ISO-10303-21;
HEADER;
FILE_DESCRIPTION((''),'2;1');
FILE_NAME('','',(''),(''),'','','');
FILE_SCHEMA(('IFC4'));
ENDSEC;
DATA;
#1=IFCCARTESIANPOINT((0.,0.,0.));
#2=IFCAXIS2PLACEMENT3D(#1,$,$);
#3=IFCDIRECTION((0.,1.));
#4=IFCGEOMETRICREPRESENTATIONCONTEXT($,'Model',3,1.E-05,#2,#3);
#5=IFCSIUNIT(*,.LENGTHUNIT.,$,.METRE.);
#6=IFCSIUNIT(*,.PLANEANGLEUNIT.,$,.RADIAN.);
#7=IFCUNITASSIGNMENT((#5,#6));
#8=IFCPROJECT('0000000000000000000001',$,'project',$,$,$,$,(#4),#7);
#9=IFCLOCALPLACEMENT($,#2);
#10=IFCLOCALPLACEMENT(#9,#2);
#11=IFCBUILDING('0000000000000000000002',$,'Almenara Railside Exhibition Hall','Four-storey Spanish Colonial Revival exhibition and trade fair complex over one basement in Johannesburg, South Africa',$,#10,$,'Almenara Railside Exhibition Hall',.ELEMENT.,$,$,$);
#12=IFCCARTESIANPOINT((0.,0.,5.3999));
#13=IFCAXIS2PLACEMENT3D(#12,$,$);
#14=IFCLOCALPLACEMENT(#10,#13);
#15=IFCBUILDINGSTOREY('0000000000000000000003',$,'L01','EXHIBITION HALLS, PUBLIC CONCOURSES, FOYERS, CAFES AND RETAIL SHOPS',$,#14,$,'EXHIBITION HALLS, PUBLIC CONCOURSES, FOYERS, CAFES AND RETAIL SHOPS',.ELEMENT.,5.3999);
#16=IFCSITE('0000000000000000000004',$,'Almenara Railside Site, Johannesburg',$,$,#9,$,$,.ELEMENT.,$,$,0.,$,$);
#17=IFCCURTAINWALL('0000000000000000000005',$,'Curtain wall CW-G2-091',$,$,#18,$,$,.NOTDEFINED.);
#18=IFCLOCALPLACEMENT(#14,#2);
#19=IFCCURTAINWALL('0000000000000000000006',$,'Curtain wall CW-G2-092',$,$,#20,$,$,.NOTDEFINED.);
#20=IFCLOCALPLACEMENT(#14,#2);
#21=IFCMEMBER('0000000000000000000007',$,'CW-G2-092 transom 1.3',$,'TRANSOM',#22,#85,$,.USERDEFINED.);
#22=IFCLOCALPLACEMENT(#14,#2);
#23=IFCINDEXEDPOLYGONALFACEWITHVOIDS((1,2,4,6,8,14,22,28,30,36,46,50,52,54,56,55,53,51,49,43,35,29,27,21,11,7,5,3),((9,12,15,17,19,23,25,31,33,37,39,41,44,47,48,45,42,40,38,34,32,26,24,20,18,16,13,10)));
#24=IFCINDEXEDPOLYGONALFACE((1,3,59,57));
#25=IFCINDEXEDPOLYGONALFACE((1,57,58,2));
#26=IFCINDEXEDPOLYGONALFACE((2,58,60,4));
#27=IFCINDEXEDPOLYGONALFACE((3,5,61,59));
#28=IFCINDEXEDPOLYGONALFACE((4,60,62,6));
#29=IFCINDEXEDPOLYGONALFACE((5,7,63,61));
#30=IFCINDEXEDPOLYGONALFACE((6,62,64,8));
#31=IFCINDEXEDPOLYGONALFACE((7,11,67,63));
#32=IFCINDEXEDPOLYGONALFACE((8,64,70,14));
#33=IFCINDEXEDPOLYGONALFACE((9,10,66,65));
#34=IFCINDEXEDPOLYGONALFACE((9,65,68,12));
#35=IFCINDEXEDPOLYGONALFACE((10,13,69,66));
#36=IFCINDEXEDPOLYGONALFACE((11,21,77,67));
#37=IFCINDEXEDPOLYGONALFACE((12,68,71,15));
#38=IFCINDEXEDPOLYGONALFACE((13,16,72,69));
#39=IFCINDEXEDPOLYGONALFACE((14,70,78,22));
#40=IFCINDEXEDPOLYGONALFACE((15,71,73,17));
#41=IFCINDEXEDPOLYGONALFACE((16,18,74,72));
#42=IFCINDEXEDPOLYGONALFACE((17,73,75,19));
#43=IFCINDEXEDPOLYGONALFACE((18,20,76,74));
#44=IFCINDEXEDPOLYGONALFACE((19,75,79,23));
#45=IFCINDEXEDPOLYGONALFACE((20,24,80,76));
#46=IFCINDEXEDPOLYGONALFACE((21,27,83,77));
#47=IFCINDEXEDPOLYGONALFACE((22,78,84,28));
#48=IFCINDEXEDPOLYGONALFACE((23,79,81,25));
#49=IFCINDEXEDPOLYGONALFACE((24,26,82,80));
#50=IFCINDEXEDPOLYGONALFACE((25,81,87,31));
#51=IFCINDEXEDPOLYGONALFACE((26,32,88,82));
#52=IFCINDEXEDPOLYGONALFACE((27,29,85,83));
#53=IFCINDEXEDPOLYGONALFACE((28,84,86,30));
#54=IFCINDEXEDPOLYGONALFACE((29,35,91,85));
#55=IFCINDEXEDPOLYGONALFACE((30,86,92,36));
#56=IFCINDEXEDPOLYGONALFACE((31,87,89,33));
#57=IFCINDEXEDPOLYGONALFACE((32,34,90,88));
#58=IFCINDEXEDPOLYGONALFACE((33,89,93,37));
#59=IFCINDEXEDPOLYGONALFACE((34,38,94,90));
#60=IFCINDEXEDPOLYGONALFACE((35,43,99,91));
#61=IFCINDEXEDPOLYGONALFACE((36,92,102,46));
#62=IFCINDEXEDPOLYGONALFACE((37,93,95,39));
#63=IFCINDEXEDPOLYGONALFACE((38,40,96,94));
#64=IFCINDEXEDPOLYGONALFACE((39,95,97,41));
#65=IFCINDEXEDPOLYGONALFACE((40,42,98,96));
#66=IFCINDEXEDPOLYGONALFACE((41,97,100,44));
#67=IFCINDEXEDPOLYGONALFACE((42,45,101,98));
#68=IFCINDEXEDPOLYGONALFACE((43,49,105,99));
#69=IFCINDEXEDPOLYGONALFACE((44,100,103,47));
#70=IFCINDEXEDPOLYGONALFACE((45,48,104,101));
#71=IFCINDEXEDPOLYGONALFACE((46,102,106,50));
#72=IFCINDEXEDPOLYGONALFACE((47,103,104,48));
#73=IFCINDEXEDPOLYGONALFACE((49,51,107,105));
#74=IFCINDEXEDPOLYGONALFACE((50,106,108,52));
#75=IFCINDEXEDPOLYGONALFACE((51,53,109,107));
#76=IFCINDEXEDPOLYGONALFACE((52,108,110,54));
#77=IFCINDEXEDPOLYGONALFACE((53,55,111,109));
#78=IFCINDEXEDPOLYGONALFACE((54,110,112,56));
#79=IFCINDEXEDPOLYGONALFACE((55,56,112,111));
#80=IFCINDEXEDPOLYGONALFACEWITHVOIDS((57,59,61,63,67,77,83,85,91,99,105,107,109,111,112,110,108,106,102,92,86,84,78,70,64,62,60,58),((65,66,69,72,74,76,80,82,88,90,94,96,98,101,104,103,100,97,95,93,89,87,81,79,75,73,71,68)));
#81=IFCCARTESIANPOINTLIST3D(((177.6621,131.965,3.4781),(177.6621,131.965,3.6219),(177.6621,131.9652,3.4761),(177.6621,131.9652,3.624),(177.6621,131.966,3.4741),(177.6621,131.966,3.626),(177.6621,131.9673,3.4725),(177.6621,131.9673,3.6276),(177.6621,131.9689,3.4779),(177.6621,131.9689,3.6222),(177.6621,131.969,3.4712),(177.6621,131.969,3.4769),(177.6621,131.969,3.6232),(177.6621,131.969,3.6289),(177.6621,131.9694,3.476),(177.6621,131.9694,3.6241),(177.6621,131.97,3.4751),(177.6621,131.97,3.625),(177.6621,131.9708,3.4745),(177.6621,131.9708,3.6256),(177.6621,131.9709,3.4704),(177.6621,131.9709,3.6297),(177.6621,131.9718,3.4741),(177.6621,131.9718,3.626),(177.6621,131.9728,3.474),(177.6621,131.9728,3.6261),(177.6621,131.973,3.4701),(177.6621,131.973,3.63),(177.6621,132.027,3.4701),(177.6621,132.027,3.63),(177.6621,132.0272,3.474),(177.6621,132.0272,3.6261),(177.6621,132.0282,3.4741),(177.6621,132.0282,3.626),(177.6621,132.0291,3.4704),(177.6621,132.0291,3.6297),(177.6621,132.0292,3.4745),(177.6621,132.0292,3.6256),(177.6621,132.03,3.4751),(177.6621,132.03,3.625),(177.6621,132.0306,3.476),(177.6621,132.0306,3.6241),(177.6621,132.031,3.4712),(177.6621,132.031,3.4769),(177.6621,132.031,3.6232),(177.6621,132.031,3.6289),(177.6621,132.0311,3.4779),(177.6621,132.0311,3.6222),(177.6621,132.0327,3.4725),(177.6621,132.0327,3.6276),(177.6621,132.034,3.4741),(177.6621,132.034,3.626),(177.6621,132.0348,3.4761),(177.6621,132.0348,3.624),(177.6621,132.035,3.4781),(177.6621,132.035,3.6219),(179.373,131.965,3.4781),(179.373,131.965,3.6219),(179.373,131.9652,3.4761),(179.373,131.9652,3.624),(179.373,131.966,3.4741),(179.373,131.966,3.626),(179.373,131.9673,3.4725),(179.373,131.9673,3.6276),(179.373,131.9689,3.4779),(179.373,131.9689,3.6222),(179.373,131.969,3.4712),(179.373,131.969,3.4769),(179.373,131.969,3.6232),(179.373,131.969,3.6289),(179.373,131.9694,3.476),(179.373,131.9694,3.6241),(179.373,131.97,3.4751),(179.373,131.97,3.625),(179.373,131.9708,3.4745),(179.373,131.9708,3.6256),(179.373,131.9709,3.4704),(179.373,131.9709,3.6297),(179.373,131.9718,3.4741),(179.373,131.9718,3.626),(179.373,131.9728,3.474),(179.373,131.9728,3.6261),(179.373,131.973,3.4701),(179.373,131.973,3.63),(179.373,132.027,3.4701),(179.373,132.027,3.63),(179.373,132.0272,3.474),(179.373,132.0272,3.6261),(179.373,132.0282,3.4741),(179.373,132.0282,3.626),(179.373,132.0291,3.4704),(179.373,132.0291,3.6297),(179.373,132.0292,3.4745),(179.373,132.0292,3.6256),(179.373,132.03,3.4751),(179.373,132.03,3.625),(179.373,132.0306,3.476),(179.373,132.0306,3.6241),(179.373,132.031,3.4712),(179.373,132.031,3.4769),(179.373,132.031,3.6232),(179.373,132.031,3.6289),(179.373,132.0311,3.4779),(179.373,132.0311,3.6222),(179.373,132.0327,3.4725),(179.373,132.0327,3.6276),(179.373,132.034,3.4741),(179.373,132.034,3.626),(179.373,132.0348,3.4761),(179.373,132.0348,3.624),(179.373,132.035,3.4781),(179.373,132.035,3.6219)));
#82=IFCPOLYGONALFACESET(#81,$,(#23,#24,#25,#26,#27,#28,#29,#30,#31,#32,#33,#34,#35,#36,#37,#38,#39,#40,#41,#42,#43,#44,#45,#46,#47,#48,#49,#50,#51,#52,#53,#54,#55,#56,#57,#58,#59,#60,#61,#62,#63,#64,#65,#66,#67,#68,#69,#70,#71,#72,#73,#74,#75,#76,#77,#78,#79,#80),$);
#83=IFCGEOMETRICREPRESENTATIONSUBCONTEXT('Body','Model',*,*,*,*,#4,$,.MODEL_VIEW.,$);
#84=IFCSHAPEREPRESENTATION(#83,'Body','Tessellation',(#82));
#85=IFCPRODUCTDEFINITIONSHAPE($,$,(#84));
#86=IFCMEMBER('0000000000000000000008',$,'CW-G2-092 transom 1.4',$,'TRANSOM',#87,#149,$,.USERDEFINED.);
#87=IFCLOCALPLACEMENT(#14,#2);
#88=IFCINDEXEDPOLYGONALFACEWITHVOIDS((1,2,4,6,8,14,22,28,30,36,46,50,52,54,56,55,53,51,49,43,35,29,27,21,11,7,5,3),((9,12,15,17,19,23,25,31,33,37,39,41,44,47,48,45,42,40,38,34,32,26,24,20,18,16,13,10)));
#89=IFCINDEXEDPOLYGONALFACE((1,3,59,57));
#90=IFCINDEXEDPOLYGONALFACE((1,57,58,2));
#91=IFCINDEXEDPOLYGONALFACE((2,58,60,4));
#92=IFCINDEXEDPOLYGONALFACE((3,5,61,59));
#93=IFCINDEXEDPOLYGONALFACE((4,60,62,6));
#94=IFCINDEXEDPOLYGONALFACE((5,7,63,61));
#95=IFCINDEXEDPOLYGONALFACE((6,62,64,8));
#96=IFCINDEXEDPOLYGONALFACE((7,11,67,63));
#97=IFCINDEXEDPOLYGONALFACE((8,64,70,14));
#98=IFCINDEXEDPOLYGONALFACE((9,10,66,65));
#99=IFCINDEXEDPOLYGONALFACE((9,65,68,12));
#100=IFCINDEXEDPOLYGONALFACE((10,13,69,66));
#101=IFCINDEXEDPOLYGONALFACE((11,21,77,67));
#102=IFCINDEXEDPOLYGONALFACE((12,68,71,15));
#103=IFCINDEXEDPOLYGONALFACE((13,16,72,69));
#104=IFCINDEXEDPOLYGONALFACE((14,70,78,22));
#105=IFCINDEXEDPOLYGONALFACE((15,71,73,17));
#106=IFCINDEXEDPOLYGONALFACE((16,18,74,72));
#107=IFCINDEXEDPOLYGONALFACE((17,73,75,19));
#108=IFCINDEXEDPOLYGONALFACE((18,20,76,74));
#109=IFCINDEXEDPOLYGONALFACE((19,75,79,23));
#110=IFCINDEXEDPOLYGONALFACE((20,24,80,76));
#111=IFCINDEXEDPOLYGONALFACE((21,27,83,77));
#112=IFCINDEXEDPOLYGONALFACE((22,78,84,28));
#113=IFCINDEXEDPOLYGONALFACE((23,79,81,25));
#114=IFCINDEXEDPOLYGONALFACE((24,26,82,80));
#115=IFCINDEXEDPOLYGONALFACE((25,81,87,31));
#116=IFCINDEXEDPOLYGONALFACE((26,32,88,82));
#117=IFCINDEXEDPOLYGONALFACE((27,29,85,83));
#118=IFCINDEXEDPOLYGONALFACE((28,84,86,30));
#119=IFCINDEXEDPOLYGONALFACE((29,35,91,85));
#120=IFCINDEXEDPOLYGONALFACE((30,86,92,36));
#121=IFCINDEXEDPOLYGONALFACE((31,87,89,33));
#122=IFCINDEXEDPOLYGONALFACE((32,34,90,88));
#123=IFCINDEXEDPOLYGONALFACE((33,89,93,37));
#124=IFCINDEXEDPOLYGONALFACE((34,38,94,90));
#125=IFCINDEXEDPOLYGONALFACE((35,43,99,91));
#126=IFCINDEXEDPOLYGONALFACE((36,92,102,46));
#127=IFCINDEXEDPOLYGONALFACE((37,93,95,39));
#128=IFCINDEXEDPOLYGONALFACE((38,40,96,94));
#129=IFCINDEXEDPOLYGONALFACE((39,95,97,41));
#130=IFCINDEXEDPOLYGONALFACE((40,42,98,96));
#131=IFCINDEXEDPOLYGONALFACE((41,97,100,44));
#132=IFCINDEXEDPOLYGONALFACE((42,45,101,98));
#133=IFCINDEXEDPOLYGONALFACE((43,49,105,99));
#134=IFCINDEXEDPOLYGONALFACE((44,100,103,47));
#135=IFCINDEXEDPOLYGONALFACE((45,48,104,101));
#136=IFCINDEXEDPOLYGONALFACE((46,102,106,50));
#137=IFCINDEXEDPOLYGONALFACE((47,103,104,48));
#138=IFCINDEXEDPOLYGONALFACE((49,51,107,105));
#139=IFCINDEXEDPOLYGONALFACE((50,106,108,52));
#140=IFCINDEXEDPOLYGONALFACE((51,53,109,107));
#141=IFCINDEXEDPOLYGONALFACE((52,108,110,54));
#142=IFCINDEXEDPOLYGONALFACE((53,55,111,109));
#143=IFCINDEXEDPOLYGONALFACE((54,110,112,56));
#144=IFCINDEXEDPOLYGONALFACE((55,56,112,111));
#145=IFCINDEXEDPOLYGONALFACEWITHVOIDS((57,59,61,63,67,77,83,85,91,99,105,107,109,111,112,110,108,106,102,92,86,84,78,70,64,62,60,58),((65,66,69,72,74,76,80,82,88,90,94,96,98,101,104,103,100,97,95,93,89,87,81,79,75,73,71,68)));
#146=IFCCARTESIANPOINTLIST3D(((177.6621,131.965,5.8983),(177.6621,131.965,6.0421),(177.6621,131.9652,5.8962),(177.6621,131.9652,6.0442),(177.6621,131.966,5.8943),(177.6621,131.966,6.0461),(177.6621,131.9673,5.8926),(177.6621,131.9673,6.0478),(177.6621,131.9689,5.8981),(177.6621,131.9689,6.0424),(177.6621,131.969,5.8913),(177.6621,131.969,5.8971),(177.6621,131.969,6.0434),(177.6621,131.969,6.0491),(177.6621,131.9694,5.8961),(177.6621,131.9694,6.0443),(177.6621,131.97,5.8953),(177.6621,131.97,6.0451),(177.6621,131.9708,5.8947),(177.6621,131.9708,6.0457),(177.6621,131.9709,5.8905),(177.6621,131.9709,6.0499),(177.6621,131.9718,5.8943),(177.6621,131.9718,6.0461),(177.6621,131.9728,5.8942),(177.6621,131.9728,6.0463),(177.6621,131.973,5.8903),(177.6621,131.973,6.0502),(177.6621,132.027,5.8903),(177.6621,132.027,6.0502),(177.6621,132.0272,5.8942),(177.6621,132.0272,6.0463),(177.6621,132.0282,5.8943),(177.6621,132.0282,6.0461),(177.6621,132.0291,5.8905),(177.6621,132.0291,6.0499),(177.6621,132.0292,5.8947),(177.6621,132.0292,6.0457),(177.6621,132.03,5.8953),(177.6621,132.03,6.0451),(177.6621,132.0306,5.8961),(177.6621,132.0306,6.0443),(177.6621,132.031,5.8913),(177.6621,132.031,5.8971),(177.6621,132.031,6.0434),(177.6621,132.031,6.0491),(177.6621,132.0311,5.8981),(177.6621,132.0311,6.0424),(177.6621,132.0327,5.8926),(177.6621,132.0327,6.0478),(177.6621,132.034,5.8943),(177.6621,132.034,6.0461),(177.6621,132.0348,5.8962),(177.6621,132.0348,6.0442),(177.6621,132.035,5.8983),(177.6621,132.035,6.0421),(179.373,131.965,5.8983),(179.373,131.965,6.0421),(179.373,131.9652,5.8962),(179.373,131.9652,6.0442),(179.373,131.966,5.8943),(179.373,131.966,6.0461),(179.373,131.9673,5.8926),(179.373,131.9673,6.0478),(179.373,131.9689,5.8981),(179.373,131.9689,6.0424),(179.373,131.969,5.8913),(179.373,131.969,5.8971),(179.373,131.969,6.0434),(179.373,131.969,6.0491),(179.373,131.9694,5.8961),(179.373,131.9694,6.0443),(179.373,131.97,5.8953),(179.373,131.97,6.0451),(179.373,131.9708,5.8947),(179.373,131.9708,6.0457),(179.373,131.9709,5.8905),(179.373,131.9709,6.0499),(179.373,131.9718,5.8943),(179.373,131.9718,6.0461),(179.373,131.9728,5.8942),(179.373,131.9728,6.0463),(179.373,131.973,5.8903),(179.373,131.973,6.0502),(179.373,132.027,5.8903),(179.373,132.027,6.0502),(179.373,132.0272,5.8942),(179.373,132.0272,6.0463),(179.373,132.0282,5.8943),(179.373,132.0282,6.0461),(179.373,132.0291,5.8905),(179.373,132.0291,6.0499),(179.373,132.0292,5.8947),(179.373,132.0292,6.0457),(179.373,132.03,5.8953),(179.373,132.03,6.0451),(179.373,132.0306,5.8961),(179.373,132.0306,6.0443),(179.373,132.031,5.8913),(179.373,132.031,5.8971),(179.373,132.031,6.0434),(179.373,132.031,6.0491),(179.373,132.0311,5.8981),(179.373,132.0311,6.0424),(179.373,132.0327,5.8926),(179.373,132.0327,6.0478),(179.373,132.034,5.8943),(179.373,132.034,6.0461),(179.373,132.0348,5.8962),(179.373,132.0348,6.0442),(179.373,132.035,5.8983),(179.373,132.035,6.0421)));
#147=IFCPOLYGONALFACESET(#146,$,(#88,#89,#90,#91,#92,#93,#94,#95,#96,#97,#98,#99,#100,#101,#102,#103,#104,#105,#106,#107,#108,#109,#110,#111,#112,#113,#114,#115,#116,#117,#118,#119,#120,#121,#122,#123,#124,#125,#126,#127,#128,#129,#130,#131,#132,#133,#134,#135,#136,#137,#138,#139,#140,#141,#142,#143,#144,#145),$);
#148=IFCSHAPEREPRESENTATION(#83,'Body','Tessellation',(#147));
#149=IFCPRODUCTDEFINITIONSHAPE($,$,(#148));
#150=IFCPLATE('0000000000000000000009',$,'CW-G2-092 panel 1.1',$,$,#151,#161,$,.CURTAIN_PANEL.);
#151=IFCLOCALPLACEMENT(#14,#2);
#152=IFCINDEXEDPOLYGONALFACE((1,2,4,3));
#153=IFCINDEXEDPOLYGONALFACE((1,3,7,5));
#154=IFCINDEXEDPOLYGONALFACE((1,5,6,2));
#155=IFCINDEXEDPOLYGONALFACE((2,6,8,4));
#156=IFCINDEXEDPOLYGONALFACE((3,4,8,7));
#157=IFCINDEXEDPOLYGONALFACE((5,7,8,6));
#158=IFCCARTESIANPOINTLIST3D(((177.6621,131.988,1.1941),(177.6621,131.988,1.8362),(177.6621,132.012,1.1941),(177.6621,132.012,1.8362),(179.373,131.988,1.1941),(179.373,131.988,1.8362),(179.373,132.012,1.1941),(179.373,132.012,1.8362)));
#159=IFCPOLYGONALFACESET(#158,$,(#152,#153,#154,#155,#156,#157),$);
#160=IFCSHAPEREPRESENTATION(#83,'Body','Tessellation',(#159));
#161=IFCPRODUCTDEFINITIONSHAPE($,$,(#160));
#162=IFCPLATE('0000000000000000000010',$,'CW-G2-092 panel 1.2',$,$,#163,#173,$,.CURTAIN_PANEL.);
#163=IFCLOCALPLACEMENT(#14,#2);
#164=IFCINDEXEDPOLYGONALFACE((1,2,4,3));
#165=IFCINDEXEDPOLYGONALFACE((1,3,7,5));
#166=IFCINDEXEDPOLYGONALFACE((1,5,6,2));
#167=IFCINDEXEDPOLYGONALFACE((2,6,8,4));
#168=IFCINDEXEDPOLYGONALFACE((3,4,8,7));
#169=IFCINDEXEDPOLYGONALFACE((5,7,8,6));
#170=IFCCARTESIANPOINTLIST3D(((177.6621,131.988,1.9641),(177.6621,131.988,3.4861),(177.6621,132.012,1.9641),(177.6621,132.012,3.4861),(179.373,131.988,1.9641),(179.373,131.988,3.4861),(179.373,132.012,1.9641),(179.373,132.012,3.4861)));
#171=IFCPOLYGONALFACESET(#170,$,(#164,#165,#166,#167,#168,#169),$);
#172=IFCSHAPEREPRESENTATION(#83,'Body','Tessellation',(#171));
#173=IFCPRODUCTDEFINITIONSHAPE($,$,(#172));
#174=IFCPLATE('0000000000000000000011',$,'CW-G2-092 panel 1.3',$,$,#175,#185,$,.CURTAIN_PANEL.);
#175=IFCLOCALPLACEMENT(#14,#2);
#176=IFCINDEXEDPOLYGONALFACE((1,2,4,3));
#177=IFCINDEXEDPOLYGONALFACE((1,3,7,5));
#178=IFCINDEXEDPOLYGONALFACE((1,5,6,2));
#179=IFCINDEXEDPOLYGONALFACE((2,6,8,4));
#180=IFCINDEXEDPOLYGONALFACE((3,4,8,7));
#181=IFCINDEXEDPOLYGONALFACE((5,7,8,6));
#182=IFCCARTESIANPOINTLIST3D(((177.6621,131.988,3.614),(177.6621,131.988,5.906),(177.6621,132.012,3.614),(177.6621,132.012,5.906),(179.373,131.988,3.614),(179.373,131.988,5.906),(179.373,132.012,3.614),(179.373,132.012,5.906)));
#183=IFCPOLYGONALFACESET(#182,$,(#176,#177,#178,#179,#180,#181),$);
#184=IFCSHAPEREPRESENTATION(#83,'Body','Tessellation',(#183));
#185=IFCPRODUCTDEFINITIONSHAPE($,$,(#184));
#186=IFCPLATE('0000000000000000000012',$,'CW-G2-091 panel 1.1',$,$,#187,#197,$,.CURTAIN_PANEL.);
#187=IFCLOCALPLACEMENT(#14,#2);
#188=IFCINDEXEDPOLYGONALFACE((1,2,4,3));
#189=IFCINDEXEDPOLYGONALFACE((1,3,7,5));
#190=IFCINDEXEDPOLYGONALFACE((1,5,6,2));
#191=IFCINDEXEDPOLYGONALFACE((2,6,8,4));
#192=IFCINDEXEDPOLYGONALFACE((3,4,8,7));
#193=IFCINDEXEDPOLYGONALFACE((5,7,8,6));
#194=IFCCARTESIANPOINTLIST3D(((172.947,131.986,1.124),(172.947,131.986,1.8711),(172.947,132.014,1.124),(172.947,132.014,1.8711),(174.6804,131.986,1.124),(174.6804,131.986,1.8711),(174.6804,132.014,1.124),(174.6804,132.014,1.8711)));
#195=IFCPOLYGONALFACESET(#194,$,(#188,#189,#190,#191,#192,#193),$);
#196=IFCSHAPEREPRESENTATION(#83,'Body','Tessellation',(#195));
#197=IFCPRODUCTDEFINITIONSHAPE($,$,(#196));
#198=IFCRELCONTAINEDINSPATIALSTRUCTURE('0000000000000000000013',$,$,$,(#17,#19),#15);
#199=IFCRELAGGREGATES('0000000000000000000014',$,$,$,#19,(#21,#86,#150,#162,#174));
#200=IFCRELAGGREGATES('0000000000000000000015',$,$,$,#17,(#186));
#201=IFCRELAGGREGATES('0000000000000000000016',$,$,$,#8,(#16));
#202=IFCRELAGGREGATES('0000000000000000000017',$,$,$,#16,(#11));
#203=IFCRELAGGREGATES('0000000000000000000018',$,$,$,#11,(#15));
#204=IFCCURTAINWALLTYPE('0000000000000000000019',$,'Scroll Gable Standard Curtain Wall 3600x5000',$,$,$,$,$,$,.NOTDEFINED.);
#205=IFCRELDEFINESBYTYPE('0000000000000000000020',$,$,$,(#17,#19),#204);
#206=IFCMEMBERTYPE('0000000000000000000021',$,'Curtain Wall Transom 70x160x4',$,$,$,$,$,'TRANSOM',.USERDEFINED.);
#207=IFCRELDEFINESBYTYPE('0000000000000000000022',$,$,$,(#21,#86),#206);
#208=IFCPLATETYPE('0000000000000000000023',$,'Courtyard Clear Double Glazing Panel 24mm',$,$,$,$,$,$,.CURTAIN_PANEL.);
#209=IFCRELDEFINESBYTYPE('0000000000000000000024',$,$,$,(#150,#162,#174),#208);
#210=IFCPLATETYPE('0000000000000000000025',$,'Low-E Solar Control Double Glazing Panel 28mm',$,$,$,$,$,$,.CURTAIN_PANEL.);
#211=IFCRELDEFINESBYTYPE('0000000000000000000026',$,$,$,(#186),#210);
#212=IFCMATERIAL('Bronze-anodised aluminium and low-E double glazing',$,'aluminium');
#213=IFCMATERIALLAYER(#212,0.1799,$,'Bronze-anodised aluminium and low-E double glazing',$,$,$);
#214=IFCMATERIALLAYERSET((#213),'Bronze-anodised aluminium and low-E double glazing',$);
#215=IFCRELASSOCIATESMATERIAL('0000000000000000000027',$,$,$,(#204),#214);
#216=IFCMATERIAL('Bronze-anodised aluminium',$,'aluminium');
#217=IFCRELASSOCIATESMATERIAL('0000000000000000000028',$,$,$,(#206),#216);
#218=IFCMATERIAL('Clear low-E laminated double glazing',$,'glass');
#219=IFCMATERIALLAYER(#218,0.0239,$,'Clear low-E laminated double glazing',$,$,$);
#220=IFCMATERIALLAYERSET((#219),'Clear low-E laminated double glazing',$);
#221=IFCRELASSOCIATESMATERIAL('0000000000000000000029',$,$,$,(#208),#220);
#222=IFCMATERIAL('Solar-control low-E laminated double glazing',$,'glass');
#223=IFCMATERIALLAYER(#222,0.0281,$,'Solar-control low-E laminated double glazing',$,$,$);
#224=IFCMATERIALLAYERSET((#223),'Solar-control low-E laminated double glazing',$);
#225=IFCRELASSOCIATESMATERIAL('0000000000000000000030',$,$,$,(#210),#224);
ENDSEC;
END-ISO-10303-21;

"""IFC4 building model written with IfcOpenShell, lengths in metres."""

from ifc_helpers import new_model, si_unit, direction, frame, origin, origin_2d, place, context, subcontext, project, spatial, rectangle, hollow_rectangle, extrude, material, layer, layer_set, material_profile, profile_set, type_object, element, aggregate, save


model = new_model("IFC4")

# Units and contexts
model_context = context("Model", 3, precision=1e-05, world=origin(), true_north=direction((0.0, 1.0)))
body_context = subcontext(model_context, "Body", "Model", "MODEL_VIEW")
ifc_project = project(units=[si_unit("LENGTHUNIT", "METRE"), si_unit("PLANEANGLEUNIT", "RADIAN")], contexts=[model_context])

# Site, building, storey
site_placement = place(None, origin())
site = spatial("IfcSite", under=ifc_project, at=site_placement, Name="Almenara Railside Site, Johannesburg", CompositionType="ELEMENT", RefElevation=0.0)
building_placement = place(site_placement, origin())
building = spatial("IfcBuilding", under=site, at=building_placement, Name="Almenara Railside Exhibition Hall", Description="Four-storey Spanish Colonial Revival exhibition and trade fair complex over one basement in Johannesburg, South Africa", LongName="Almenara Railside Exhibition Hall", CompositionType="ELEMENT")
storey_placement = place(building_placement, frame((0.0, 0.0, 5.3999)))
storey = spatial("IfcBuildingStorey", under=building, at=storey_placement, Name="L01", Description="EXHIBITION HALLS, PUBLIC CONCOURSES, FOYERS, CAFES AND RETAIL SHOPS", LongName="EXHIBITION HALLS, PUBLIC CONCOURSES, FOYERS, CAFES AND RETAIL SHOPS", CompositionType="ELEMENT", Elevation=5.3999)

# Curtain wall
ifc_material_1 = material(Name="Bronze-anodised aluminium and low-E double glazing", Category="aluminium")
ifc_layer_1 = layer(ifc_material_1, 0.1799, Name="Bronze-anodised aluminium and low-E double glazing")
ifc_layer_set_1 = layer_set([ifc_layer_1], Name="Bronze-anodised aluminium and low-E double glazing")
curtain_wall_type = type_object("IfcCurtainWallType", Name="Scroll Gable Standard Curtain Wall 3600x5000", PredefinedType="NOTDEFINED", material=ifc_layer_set_1)
curtain_wall_1_placement = place(storey_placement, origin())
curtain_wall_1 = element("IfcCurtainWall", 1, at=curtain_wall_1_placement, inside=storey, type_object=curtain_wall_type, Name="Curtain wall CW-G2-091", PredefinedType="NOTDEFINED")
ifc_material_2 = material(Name="Bronze-anodised aluminium", Category="aluminium")

# Curtain wall
curtain_wall_2_placement = place(storey_placement, origin())
curtain_wall_2 = element("IfcCurtainWall", 2, at=curtain_wall_2_placement, inside=storey, type_object=curtain_wall_type, Name="Curtain wall CW-G2-092", PredefinedType="NOTDEFINED")

# Members
ifc_material_profile_1 = material_profile(ifc_material_2, hollow_rectangle(XDim=0.0701, YDim=0.1599, WallThickness=0.0039, InnerFilletRadius=0.0039, OuterFilletRadius=0.0081, at=origin_2d()), Name="ALU-TRN 70x160x4")
ifc_profile_set_1 = profile_set([ifc_material_profile_1], Name="Bronze-anodised aluminium")
member_type_1 = type_object("IfcMemberType", Name="Curtain Wall Transom 70x160x4", ElementType="TRANSOM", PredefinedType="USERDEFINED", material=ifc_profile_set_1)
member_1_placement = place(storey_placement, frame((177.6621, 132.0, 3.55), z_axis=(1.0, 0.0, 0.0), x_axis=(0.0, 1.0, 0.0)))
member_1 = element("IfcMember", 3, at=member_1_placement, type_object=member_type_1, Name="CW-G2-092 transom 1.3", ObjectType="TRANSOM", PredefinedType="USERDEFINED", context=body_context, shape_type="SweptSolid", body=[
    extrude(hollow_rectangle(XDim=0.0701, YDim=0.1599, WallThickness=0.0039, InnerFilletRadius=0.0039, OuterFilletRadius=0.0081, at=origin_2d()), origin(), (0.0, 0.0, 1.0), 1.7109),
])
member_2_placement = place(storey_placement, frame((177.6621, 132.0, 5.9702), z_axis=(1.0, 0.0, 0.0), x_axis=(0.0, 1.0, 0.0)))
member_2 = element("IfcMember", 4, at=member_2_placement, type_object=member_type_1, Name="CW-G2-092 transom 1.4", ObjectType="TRANSOM", PredefinedType="USERDEFINED", context=body_context, shape_type="SweptSolid", body=[
    extrude(hollow_rectangle(XDim=0.0701, YDim=0.1599, WallThickness=0.0039, InnerFilletRadius=0.0039, OuterFilletRadius=0.0081, at=origin_2d()), origin(), (0.0, 0.0, 1.0), 1.7109),
])

# Plates
ifc_material_3 = material(Name="Clear low-E laminated double glazing", Category="glass")
ifc_layer_2 = layer(ifc_material_3, 0.0239, Name="Clear low-E laminated double glazing")
ifc_layer_set_2 = layer_set([ifc_layer_2], Name="Clear low-E laminated double glazing")
plate_type_1 = type_object("IfcPlateType", Name="Courtyard Clear Double Glazing Panel 24mm", PredefinedType="CURTAIN_PANEL", material=ifc_layer_set_2)
plate_1_placement = place(storey_placement, frame((178.5176, 132.0, 1.1941), z_axis=(0.0, 0.0, 1.0), x_axis=(1.0, 0.0, 0.0)))
plate_1 = element("IfcPlate", 5, at=plate_1_placement, type_object=plate_type_1, Name="CW-G2-092 panel 1.1", PredefinedType="CURTAIN_PANEL", context=body_context, shape_type="SweptSolid", body=[
    extrude(rectangle(XDim=1.7109, YDim=0.0239, at=origin_2d()), origin(), (0.0, 0.0, 1.0), 0.6421),
])
plate_2_placement = place(storey_placement, frame((178.5176, 132.0, 1.9641), z_axis=(0.0, 0.0, 1.0), x_axis=(1.0, 0.0, 0.0)))
plate_2 = element("IfcPlate", 6, at=plate_2_placement, type_object=plate_type_1, Name="CW-G2-092 panel 1.2", PredefinedType="CURTAIN_PANEL", context=body_context, shape_type="SweptSolid", body=[
    extrude(rectangle(XDim=1.7109, YDim=0.0239, at=origin_2d()), origin(), (0.0, 0.0, 1.0), 1.522),
])
plate_3_placement = place(storey_placement, frame((178.5176, 132.0, 3.614), z_axis=(0.0, 0.0, 1.0), x_axis=(1.0, 0.0, 0.0)))
plate_3 = element("IfcPlate", 7, at=plate_3_placement, type_object=plate_type_1, Name="CW-G2-092 panel 1.3", PredefinedType="CURTAIN_PANEL", context=body_context, shape_type="SweptSolid", body=[
    extrude(rectangle(XDim=1.7109, YDim=0.0239, at=origin_2d()), origin(), (0.0, 0.0, 1.0), 2.292),
])
aggregate(curtain_wall_2, [member_1, member_2, plate_1, plate_2, plate_3])
ifc_material_4 = material(Name="Solar-control low-E laminated double glazing", Category="glass")
ifc_layer_3 = layer(ifc_material_4, 0.0281, Name="Solar-control low-E laminated double glazing")
ifc_layer_set_3 = layer_set([ifc_layer_3], Name="Solar-control low-E laminated double glazing")
plate_type_2 = type_object("IfcPlateType", Name="Low-E Solar Control Double Glazing Panel 28mm", PredefinedType="CURTAIN_PANEL", material=ifc_layer_set_3)
plate_4_placement = place(storey_placement, frame((173.8137, 132.0, 1.124), z_axis=(0.0, 0.0, 1.0), x_axis=(1.0, 0.0, 0.0)))
plate_4 = element("IfcPlate", 8, at=plate_4_placement, type_object=plate_type_2, Name="CW-G2-091 panel 1.1", PredefinedType="CURTAIN_PANEL", context=body_context, shape_type="SweptSolid", body=[
    extrude(rectangle(XDim=1.7334, YDim=0.0281, at=origin_2d()), origin(), (0.0, 0.0, 1.0), 0.7471),
])
aggregate(curtain_wall_1, [plate_4])

save(model, "model.ifc")
